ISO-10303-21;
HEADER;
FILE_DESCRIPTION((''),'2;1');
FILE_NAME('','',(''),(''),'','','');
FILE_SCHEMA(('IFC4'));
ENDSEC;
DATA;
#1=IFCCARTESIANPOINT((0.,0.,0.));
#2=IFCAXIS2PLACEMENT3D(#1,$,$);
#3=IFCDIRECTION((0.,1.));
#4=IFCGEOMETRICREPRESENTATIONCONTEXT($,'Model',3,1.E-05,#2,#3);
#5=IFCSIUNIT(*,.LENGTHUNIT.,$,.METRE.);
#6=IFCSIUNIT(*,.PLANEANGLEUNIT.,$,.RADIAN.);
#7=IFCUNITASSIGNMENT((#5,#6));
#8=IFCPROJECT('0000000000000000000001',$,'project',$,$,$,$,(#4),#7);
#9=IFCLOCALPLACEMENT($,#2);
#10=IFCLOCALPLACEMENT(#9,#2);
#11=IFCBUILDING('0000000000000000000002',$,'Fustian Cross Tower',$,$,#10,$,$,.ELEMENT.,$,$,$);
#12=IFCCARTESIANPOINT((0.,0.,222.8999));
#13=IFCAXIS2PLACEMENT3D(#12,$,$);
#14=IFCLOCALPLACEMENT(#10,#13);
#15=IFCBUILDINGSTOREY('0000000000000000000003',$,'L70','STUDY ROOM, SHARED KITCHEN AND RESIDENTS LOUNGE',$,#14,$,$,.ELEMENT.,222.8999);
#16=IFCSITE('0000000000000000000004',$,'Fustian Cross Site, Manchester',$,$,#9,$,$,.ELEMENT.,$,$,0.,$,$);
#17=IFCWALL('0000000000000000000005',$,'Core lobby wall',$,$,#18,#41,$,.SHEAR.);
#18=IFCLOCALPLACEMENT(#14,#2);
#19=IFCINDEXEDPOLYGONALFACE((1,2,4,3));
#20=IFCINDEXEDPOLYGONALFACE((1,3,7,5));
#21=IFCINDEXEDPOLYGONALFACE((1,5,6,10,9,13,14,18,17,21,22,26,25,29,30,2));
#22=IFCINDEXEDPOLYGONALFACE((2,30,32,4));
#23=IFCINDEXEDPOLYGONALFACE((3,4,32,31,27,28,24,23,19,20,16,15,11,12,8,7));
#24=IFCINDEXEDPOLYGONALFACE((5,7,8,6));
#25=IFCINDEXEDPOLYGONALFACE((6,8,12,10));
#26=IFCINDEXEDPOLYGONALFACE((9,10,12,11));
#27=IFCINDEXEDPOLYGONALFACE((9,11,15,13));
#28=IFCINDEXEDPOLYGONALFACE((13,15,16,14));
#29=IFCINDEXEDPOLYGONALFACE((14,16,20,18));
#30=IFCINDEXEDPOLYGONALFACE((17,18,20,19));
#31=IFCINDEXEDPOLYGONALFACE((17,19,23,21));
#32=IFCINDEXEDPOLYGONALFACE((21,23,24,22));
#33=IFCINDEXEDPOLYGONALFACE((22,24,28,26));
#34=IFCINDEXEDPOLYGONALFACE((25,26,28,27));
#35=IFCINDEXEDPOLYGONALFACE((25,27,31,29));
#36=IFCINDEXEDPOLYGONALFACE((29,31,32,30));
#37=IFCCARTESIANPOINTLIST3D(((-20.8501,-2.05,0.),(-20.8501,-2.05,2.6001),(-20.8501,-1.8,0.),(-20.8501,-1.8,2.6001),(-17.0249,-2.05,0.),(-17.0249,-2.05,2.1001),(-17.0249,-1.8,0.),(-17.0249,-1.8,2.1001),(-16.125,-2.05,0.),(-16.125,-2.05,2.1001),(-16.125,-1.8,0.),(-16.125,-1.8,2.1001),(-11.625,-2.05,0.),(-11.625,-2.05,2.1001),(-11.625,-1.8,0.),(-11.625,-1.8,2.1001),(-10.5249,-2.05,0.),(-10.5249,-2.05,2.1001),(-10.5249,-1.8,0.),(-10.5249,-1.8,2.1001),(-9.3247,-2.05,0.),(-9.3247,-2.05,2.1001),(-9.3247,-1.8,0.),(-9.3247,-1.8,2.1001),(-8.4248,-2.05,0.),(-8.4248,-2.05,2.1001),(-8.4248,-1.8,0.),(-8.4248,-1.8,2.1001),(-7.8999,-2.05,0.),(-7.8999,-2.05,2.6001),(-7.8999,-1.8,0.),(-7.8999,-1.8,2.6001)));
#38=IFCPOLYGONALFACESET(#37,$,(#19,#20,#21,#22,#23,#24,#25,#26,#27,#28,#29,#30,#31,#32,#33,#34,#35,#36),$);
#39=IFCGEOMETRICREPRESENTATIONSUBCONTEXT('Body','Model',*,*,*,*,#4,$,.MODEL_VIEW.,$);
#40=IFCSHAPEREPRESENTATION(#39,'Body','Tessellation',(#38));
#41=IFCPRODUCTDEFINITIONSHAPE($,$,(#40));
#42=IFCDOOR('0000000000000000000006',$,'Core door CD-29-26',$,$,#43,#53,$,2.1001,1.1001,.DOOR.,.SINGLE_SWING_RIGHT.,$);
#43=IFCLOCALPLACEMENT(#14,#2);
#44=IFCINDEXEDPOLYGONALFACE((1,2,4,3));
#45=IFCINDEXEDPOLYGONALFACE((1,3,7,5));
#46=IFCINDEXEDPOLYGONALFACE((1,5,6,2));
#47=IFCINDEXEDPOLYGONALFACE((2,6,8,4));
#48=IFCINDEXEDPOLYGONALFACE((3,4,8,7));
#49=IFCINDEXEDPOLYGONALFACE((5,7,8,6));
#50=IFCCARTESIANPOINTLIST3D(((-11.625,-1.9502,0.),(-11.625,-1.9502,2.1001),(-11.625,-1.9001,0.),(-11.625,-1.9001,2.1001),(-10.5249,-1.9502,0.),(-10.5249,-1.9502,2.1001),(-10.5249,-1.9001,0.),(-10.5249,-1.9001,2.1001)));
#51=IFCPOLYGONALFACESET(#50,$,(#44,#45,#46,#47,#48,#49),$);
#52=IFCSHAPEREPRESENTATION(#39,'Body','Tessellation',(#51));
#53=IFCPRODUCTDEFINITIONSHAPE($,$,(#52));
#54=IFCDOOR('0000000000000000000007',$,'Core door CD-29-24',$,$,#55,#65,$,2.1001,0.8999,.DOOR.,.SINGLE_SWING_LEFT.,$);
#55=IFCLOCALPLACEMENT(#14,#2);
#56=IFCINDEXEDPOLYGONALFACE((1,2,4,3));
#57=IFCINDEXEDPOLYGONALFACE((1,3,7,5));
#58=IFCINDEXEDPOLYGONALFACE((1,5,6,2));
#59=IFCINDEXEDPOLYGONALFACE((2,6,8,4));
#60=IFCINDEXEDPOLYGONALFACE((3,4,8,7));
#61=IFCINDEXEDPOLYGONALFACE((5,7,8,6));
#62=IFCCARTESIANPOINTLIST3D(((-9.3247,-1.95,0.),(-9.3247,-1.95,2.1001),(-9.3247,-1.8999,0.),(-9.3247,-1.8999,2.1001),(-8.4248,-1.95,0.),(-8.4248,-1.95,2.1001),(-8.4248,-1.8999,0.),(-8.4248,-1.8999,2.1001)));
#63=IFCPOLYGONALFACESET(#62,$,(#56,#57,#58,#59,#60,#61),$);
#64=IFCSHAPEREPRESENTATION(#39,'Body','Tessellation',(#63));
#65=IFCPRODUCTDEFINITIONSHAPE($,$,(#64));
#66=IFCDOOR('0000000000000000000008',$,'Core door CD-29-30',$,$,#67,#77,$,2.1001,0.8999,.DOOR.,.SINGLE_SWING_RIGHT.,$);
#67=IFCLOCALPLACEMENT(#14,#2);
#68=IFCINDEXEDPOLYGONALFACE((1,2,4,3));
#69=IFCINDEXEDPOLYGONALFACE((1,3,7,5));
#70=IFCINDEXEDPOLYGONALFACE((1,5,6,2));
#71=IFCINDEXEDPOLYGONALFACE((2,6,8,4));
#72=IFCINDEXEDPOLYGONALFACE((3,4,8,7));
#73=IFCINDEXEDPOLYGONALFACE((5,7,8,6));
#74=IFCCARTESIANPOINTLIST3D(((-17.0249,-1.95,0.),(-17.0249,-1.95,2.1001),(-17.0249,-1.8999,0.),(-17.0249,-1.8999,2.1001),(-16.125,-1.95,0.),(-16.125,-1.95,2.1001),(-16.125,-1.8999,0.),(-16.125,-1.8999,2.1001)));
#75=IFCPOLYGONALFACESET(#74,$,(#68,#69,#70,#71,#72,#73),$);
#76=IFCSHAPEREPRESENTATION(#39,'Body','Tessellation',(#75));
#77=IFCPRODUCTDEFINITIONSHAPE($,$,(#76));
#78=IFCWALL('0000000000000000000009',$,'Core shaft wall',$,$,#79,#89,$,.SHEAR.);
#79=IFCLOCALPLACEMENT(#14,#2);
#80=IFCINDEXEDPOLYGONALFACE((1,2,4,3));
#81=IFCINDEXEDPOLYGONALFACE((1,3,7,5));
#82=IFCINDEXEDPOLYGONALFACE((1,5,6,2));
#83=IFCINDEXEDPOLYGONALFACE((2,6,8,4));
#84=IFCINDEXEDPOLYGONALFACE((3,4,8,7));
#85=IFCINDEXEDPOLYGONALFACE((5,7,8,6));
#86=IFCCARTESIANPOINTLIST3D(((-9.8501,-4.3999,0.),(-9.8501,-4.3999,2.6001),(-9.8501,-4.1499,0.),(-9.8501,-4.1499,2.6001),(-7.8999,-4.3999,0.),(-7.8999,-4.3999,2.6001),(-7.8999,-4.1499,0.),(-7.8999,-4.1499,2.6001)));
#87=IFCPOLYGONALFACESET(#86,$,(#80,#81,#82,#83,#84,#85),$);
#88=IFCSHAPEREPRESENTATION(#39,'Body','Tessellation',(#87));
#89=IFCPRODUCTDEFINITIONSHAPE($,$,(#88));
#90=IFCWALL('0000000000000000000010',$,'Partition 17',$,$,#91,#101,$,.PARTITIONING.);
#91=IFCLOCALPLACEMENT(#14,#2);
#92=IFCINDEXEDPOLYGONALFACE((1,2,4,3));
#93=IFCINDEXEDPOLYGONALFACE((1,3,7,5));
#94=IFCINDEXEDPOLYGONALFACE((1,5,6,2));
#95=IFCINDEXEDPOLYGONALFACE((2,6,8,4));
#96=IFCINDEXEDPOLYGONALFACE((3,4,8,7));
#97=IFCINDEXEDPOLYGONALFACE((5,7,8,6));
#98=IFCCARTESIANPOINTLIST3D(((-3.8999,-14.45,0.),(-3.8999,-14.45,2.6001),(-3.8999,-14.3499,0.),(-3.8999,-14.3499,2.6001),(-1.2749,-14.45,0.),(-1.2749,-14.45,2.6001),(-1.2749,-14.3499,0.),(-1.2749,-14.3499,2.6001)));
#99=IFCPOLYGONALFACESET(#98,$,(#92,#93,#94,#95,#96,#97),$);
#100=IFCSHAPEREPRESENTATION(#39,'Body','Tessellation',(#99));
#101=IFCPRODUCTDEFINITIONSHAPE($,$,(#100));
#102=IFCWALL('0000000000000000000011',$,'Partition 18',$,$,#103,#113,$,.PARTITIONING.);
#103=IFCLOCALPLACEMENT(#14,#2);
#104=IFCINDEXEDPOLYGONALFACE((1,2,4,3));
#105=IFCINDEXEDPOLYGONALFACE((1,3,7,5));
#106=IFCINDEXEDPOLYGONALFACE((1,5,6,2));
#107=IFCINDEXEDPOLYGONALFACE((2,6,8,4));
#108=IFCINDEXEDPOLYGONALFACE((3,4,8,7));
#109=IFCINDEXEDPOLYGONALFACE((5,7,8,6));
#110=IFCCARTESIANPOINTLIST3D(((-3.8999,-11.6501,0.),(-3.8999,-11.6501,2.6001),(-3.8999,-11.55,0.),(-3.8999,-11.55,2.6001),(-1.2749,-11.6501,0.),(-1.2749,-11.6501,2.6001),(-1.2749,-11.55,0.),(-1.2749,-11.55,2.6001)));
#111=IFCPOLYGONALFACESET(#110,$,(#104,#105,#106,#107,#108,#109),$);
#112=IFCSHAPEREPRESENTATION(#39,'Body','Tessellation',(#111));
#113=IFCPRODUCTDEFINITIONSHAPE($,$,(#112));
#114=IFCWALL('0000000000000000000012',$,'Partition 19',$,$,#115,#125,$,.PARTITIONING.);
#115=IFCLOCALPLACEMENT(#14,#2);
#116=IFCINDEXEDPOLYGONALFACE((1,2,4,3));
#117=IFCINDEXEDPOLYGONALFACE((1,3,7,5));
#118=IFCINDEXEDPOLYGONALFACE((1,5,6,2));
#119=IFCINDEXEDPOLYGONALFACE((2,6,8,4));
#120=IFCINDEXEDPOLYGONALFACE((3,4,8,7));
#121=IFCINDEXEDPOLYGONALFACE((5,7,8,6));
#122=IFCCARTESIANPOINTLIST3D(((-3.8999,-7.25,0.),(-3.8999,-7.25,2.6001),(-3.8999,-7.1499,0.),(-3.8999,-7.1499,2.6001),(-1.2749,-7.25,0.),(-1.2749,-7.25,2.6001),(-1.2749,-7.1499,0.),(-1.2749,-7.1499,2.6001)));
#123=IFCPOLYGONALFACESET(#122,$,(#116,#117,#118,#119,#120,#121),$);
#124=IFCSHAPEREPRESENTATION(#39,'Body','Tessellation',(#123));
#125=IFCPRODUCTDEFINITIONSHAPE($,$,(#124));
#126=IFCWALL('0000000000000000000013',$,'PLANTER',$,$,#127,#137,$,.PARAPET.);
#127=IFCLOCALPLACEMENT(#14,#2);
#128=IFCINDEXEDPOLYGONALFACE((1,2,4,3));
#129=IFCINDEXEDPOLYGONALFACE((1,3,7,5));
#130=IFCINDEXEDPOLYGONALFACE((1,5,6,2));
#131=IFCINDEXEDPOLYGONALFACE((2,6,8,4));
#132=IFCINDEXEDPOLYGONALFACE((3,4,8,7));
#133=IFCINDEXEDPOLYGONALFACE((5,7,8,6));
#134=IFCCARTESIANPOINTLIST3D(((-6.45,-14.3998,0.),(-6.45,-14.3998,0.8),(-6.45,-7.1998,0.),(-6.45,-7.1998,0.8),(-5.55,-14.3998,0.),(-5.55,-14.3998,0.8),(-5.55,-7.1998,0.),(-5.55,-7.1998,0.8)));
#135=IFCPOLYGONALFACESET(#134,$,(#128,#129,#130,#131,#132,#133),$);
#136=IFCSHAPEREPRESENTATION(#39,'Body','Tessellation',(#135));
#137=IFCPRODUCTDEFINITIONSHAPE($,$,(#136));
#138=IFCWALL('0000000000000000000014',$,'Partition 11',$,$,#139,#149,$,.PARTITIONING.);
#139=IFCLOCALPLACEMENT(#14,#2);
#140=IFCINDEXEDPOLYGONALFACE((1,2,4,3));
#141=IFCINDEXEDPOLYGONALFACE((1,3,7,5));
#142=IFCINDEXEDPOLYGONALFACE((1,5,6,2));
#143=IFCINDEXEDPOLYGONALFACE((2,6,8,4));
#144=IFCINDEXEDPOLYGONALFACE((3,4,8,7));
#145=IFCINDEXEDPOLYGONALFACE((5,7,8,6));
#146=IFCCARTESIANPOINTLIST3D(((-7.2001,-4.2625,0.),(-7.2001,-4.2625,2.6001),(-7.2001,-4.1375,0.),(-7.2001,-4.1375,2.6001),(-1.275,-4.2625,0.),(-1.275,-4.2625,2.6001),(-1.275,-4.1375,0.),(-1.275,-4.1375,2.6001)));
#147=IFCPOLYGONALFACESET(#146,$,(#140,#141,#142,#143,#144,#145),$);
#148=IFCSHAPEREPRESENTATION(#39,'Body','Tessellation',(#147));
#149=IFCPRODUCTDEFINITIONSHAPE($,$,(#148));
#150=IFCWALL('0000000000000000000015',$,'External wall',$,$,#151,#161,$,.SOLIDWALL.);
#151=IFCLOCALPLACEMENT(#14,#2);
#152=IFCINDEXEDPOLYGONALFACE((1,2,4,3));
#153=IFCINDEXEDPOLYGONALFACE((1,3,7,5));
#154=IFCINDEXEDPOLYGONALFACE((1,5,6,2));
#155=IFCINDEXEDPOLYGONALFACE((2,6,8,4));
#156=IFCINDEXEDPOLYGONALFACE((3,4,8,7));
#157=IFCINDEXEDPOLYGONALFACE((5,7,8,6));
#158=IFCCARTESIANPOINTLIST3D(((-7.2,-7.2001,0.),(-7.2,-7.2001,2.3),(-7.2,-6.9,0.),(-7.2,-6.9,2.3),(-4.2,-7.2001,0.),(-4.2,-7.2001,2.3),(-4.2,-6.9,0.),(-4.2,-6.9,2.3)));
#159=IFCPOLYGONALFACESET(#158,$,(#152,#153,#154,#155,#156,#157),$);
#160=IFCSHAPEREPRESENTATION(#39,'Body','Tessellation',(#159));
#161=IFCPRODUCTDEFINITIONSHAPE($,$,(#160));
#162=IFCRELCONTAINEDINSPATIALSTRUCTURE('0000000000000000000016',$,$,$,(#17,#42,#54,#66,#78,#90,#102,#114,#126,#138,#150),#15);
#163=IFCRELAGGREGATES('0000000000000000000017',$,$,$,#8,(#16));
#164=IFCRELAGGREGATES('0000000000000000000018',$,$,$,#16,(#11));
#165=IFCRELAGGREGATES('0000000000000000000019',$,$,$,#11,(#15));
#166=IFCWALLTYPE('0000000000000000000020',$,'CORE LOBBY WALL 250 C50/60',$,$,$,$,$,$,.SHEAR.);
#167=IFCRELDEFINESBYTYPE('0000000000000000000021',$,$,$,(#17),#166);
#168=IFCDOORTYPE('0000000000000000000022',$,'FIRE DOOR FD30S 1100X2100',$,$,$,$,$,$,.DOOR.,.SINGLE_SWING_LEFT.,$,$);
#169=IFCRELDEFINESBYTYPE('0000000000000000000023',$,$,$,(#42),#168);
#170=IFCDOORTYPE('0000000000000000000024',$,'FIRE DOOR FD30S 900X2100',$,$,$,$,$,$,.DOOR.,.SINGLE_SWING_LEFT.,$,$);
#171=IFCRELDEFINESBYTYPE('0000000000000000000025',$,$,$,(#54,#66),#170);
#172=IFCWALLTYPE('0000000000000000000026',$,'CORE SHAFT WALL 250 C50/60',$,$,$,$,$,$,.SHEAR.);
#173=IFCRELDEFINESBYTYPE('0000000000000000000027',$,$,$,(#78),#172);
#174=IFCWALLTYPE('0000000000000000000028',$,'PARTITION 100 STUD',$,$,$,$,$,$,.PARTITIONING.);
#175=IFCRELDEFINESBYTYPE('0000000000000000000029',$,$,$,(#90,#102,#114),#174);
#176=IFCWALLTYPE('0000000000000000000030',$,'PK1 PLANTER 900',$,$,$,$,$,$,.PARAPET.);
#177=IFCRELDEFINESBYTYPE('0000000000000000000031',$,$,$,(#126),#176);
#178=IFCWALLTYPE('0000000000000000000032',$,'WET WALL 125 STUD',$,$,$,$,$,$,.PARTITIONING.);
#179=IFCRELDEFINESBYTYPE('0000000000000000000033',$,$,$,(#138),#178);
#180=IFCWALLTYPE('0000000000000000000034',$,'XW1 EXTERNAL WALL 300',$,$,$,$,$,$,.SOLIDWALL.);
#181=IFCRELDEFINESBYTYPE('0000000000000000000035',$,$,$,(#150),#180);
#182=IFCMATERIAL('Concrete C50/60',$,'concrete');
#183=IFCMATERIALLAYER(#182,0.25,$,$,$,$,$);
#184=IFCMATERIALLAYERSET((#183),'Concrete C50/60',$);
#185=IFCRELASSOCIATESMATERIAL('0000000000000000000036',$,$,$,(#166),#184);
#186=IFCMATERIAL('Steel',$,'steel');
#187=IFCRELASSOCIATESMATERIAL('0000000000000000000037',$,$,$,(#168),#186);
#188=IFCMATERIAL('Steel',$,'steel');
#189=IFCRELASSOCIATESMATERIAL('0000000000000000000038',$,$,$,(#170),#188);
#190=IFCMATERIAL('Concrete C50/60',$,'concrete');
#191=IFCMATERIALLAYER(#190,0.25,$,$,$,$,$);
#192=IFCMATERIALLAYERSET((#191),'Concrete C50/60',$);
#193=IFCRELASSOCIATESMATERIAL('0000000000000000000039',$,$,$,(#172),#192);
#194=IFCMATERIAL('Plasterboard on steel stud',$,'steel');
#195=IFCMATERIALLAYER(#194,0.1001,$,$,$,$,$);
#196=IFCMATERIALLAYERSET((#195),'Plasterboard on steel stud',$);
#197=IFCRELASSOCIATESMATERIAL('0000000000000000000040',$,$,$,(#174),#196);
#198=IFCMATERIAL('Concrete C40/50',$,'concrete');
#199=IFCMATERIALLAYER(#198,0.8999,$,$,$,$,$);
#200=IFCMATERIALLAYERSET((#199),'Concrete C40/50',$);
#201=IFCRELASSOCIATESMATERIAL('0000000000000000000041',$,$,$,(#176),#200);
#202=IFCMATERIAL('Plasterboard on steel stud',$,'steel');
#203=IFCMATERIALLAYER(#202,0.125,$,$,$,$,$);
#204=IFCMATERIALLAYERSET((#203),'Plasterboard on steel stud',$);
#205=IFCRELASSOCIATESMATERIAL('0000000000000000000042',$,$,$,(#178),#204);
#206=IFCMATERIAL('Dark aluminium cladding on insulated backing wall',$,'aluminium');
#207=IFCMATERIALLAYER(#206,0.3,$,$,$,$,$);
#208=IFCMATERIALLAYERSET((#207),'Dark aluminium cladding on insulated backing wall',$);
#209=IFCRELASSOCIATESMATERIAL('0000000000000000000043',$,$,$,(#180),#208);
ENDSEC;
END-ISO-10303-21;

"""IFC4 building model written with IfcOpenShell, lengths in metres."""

from ifc_helpers import new_model, si_unit, direction, frame, frame_2d, origin, place, context, subcontext, project, spatial, rectangle, extrude, material, layer, layer_set, type_object, element, fill, save


model = new_model("IFC4")

# Units and contexts
model_context = context("Model", 3, precision=1e-05, world=origin(), true_north=direction((0.0, 1.0)))
body_context = subcontext(model_context, "Body", "Model", "MODEL_VIEW")
ifc_project = project(units=[si_unit("LENGTHUNIT", "METRE"), si_unit("PLANEANGLEUNIT", "RADIAN")], contexts=[model_context])

# Site, building, storey
site_placement = place(None, origin())
site = spatial("IfcSite", under=ifc_project, at=site_placement, Name="Fustian Cross Site, Manchester", CompositionType="ELEMENT", RefElevation=0.0)
building_placement = place(site_placement, origin())
building = spatial("IfcBuilding", under=site, at=building_placement, Name="Fustian Cross Tower", CompositionType="ELEMENT")
storey_placement = place(building_placement, frame((0.0, 0.0, 222.8999)))
storey = spatial("IfcBuildingStorey", under=building, at=storey_placement, Name="L70", Description="STUDY ROOM, SHARED KITCHEN AND RESIDENTS LOUNGE", CompositionType="ELEMENT", Elevation=222.8999)

# Wall, openings, doors
ifc_material_1 = material(Name="Concrete C50/60", Category="concrete")
ifc_layer_1 = layer(ifc_material_1, 0.25)
ifc_layer_set_1 = layer_set([ifc_layer_1], Name="Concrete C50/60")
wall_type_1 = type_object("IfcWallType", Name="CORE LOBBY WALL 250 C50/60", PredefinedType="SHEAR", material=ifc_layer_set_1)
wall_1_placement = place(storey_placement, frame((-7.8999, -1.925, 0.0), z_axis=(0.0, 0.0, 1.0), x_axis=(-1.0, 0.0, 0.0)))
wall_1 = element("IfcWall", 1, at=wall_1_placement, inside=storey, type_object=wall_type_1, Name="Core lobby wall", PredefinedType="SHEAR", context=body_context, shape_type="SweptSolid", body=[
    extrude(rectangle(XDim=12.9502, YDim=0.25, at=frame_2d((6.4751, 0.0))), origin(), (0.0, 0.0, 1.0), 2.6001),
])
opening_1_placement = place(wall_1_placement, frame((0.5249, 0.0, 0.0)))
opening_1 = element("IfcOpeningElement", 2, at=opening_1_placement, cuts=wall_1, PredefinedType="OPENING", context=body_context, shape_type="SweptSolid", body=[
    extrude(rectangle(XDim=0.8999, YDim=2.1001, at=frame_2d((0.45, 1.05))), frame((0.0, 0.135, 0.0), z_axis=(0.0, -1.0, 0.0), x_axis=(1.0, 0.0, 0.0)), (0.0, 0.0, 1.0), 0.27),
])
opening_2_placement = place(wall_1_placement, frame((2.625, 0.0, 0.0)))
opening_2 = element("IfcOpeningElement", 3, at=opening_2_placement, cuts=wall_1, PredefinedType="OPENING", context=body_context, shape_type="SweptSolid", body=[
    extrude(rectangle(XDim=1.1001, YDim=2.1001, at=frame_2d((0.55, 1.05))), frame((0.0, 0.135, 0.0), z_axis=(0.0, -1.0, 0.0), x_axis=(1.0, 0.0, 0.0)), (0.0, 0.0, 1.0), 0.27),
])
opening_3_placement = place(wall_1_placement, frame((8.2251, 0.0, 0.0)))
opening_3 = element("IfcOpeningElement", 4, at=opening_3_placement, cuts=wall_1, PredefinedType="OPENING", context=body_context, shape_type="SweptSolid", body=[
    extrude(rectangle(XDim=0.8999, YDim=2.1001, at=frame_2d((0.45, 1.05))), frame((0.0, 0.135, 0.0), z_axis=(0.0, -1.0, 0.0), x_axis=(1.0, 0.0, 0.0)), (0.0, 0.0, 1.0), 0.27),
])
ifc_material_2 = material(Name="Steel", Category="steel")
door_type_1 = type_object("IfcDoorType", Name="FIRE DOOR FD30S 1100X2100", OperationType="SINGLE_SWING_LEFT", PredefinedType="DOOR", material=ifc_material_2)
door_1_placement = place(opening_2_placement, frame((1.1001, 0.0, 0.0), z_axis=(0.0, 0.0, 1.0), x_axis=(-1.0, 0.0, 0.0)))
door_1 = element("IfcDoor", 5, at=door_1_placement, inside=storey, type_object=door_type_1, Name="Core door CD-29-26", OperationType="SINGLE_SWING_RIGHT", OverallHeight=2.1001, OverallWidth=1.1001, PredefinedType="DOOR", context=body_context, shape_type="SweptSolid", body=[
    extrude(rectangle(XDim=1.1001, YDim=2.1001, at=frame_2d((0.55, 1.05))), frame((0.0, 0.0249, 0.0), z_axis=(0.0, -1.0, 0.0), x_axis=(1.0, 0.0, 0.0)), (0.0, 0.0, 1.0), 0.05),
])
fill(opening_2, door_1)
ifc_material_3 = material(Name="Steel", Category="steel")
door_type_2 = type_object("IfcDoorType", Name="FIRE DOOR FD30S 900X2100", OperationType="SINGLE_SWING_LEFT", PredefinedType="DOOR", material=ifc_material_3)
door_2_placement = place(opening_1_placement, origin())
door_2 = element("IfcDoor", 6, at=door_2_placement, inside=storey, type_object=door_type_2, Name="Core door CD-29-24", OperationType="SINGLE_SWING_LEFT", OverallHeight=2.1001, OverallWidth=0.8999, PredefinedType="DOOR", context=body_context, shape_type="SweptSolid", body=[
    extrude(rectangle(XDim=0.8999, YDim=2.1001, at=frame_2d((0.45, 1.05))), frame((0.0, 0.0249, 0.0), z_axis=(0.0, -1.0, 0.0), x_axis=(1.0, 0.0, 0.0)), (0.0, 0.0, 1.0), 0.05),
])
fill(opening_1, door_2)
door_3_placement = place(opening_3_placement, origin())
door_3 = element("IfcDoor", 7, at=door_3_placement, inside=storey, type_object=door_type_2, Name="Core door CD-29-30", OperationType="SINGLE_SWING_RIGHT", OverallHeight=2.1001, OverallWidth=0.8999, PredefinedType="DOOR", context=body_context, shape_type="SweptSolid", body=[
    extrude(rectangle(XDim=0.8999, YDim=2.1001, at=frame_2d((0.45, 1.05))), frame((0.0, 0.0249, 0.0), z_axis=(0.0, -1.0, 0.0), x_axis=(1.0, 0.0, 0.0)), (0.0, 0.0, 1.0), 0.05),
])
fill(opening_3, door_3)

# Walls
ifc_material_4 = material(Name="Concrete C50/60", Category="concrete")
ifc_layer_2 = layer(ifc_material_4, 0.25)
ifc_layer_set_2 = layer_set([ifc_layer_2], Name="Concrete C50/60")
wall_type_2 = type_object("IfcWallType", Name="CORE SHAFT WALL 250 C50/60", PredefinedType="SHEAR", material=ifc_layer_set_2)
wall_2_placement = place(storey_placement, frame((-7.8999, -4.2749, 0.0), z_axis=(0.0, 0.0, 1.0), x_axis=(-1.0, 0.0, 0.0)))
element("IfcWall", 8, at=wall_2_placement, inside=storey, type_object=wall_type_2, Name="Core shaft wall", PredefinedType="SHEAR", context=body_context, shape_type="SweptSolid", body=[
    extrude(rectangle(XDim=1.9502, YDim=0.25, at=frame_2d((0.9751, 0.0))), origin(), (0.0, 0.0, 1.0), 2.6001),
])
ifc_material_5 = material(Name="Plasterboard on steel stud", Category="steel")
ifc_layer_3 = layer(ifc_material_5, 0.1001)
ifc_layer_set_3 = layer_set([ifc_layer_3], Name="Plasterboard on steel stud")
wall_type_3 = type_object("IfcWallType", Name="PARTITION 100 STUD", PredefinedType="PARTITIONING", material=ifc_layer_set_3)
for number, where, z_axis, x_axis, name in (
    (9, (-3.8999, -14.3999, 0.0), (0.0, 0.0, 1.0), (1.0, 0.0, 0.0), "Partition 17"),
    (10, (-3.8999, -11.6001, 0.0), (0.0, 0.0, 1.0), (1.0, 0.0, 0.0), "Partition 18"),
    (11, (-3.8999, -7.2, 0.0), (0.0, 0.0, 1.0), (1.0, 0.0, 0.0), "Partition 19"),
):
    element("IfcWall", number, at=place(storey_placement, frame(where, z_axis=z_axis, x_axis=x_axis)), inside=storey, type_object=wall_type_3, Name=name, PredefinedType="PARTITIONING", context=body_context, shape_type="SweptSolid", body=[
        extrude(rectangle(XDim=2.625, YDim=0.1001, at=frame_2d((1.3125, 0.0))), origin(), (0.0, 0.0, 1.0), 2.6001),
    ])
ifc_material_6 = material(Name="Concrete C40/50", Category="concrete")
ifc_layer_4 = layer(ifc_material_6, 0.8999)
ifc_layer_set_4 = layer_set([ifc_layer_4], Name="Concrete C40/50")
wall_type_4 = type_object("IfcWallType", Name="PK1 PLANTER 900", PredefinedType="PARAPET", material=ifc_layer_set_4)
wall_3_placement = place(storey_placement, frame((-6.0, -14.3999, 0.0), z_axis=(0.0, 0.0, 1.0), x_axis=(0.0, 1.0, 0.0)))
element("IfcWall", 12, at=wall_3_placement, inside=storey, type_object=wall_type_4, Name="PLANTER", PredefinedType="PARAPET", context=body_context, shape_type="SweptSolid", body=[
    extrude(rectangle(XDim=7.2, YDim=0.8999, at=frame_2d((3.6001, 0.0))), origin(), (0.0, 0.0, 1.0), 0.8),
])
ifc_material_7 = material(Name="Plasterboard on steel stud", Category="steel")
ifc_layer_5 = layer(ifc_material_7, 0.125)
ifc_layer_set_5 = layer_set([ifc_layer_5], Name="Plasterboard on steel stud")
wall_type_5 = type_object("IfcWallType", Name="WET WALL 125 STUD", PredefinedType="PARTITIONING", material=ifc_layer_set_5)
wall_4_placement = place(storey_placement, frame((-7.2, -4.2, 0.0), z_axis=(0.0, 0.0, 1.0), x_axis=(1.0, 0.0, 0.0)))
element("IfcWall", 13, at=wall_4_placement, inside=storey, type_object=wall_type_5, Name="Partition 11", PredefinedType="PARTITIONING", context=body_context, shape_type="SweptSolid", body=[
    extrude(rectangle(XDim=5.925, YDim=0.125, at=frame_2d((2.9624, 0.0))), origin(), (0.0, 0.0, 1.0), 2.6001),
])
ifc_material_8 = material(Name="Dark aluminium cladding on insulated backing wall", Category="aluminium")
ifc_layer_6 = layer(ifc_material_8, 0.3)
ifc_layer_set_6 = layer_set([ifc_layer_6], Name="Dark aluminium cladding on insulated backing wall")
wall_type_6 = type_object("IfcWallType", Name="XW1 EXTERNAL WALL 300", PredefinedType="SOLIDWALL", material=ifc_layer_set_6)
wall_5_placement = place(storey_placement, frame((-7.2, -7.05, 0.0), z_axis=(0.0, 0.0, 1.0), x_axis=(1.0, 0.0, 0.0)))
element("IfcWall", 14, at=wall_5_placement, inside=storey, type_object=wall_type_6, Name="External wall", PredefinedType="SOLIDWALL", context=body_context, shape_type="SweptSolid", body=[
    extrude(rectangle(XDim=3.0, YDim=0.3, at=frame_2d((1.5, 0.0))), origin(), (0.0, 0.0, 1.0), 2.3),
])

save(model, "model.ifc")
